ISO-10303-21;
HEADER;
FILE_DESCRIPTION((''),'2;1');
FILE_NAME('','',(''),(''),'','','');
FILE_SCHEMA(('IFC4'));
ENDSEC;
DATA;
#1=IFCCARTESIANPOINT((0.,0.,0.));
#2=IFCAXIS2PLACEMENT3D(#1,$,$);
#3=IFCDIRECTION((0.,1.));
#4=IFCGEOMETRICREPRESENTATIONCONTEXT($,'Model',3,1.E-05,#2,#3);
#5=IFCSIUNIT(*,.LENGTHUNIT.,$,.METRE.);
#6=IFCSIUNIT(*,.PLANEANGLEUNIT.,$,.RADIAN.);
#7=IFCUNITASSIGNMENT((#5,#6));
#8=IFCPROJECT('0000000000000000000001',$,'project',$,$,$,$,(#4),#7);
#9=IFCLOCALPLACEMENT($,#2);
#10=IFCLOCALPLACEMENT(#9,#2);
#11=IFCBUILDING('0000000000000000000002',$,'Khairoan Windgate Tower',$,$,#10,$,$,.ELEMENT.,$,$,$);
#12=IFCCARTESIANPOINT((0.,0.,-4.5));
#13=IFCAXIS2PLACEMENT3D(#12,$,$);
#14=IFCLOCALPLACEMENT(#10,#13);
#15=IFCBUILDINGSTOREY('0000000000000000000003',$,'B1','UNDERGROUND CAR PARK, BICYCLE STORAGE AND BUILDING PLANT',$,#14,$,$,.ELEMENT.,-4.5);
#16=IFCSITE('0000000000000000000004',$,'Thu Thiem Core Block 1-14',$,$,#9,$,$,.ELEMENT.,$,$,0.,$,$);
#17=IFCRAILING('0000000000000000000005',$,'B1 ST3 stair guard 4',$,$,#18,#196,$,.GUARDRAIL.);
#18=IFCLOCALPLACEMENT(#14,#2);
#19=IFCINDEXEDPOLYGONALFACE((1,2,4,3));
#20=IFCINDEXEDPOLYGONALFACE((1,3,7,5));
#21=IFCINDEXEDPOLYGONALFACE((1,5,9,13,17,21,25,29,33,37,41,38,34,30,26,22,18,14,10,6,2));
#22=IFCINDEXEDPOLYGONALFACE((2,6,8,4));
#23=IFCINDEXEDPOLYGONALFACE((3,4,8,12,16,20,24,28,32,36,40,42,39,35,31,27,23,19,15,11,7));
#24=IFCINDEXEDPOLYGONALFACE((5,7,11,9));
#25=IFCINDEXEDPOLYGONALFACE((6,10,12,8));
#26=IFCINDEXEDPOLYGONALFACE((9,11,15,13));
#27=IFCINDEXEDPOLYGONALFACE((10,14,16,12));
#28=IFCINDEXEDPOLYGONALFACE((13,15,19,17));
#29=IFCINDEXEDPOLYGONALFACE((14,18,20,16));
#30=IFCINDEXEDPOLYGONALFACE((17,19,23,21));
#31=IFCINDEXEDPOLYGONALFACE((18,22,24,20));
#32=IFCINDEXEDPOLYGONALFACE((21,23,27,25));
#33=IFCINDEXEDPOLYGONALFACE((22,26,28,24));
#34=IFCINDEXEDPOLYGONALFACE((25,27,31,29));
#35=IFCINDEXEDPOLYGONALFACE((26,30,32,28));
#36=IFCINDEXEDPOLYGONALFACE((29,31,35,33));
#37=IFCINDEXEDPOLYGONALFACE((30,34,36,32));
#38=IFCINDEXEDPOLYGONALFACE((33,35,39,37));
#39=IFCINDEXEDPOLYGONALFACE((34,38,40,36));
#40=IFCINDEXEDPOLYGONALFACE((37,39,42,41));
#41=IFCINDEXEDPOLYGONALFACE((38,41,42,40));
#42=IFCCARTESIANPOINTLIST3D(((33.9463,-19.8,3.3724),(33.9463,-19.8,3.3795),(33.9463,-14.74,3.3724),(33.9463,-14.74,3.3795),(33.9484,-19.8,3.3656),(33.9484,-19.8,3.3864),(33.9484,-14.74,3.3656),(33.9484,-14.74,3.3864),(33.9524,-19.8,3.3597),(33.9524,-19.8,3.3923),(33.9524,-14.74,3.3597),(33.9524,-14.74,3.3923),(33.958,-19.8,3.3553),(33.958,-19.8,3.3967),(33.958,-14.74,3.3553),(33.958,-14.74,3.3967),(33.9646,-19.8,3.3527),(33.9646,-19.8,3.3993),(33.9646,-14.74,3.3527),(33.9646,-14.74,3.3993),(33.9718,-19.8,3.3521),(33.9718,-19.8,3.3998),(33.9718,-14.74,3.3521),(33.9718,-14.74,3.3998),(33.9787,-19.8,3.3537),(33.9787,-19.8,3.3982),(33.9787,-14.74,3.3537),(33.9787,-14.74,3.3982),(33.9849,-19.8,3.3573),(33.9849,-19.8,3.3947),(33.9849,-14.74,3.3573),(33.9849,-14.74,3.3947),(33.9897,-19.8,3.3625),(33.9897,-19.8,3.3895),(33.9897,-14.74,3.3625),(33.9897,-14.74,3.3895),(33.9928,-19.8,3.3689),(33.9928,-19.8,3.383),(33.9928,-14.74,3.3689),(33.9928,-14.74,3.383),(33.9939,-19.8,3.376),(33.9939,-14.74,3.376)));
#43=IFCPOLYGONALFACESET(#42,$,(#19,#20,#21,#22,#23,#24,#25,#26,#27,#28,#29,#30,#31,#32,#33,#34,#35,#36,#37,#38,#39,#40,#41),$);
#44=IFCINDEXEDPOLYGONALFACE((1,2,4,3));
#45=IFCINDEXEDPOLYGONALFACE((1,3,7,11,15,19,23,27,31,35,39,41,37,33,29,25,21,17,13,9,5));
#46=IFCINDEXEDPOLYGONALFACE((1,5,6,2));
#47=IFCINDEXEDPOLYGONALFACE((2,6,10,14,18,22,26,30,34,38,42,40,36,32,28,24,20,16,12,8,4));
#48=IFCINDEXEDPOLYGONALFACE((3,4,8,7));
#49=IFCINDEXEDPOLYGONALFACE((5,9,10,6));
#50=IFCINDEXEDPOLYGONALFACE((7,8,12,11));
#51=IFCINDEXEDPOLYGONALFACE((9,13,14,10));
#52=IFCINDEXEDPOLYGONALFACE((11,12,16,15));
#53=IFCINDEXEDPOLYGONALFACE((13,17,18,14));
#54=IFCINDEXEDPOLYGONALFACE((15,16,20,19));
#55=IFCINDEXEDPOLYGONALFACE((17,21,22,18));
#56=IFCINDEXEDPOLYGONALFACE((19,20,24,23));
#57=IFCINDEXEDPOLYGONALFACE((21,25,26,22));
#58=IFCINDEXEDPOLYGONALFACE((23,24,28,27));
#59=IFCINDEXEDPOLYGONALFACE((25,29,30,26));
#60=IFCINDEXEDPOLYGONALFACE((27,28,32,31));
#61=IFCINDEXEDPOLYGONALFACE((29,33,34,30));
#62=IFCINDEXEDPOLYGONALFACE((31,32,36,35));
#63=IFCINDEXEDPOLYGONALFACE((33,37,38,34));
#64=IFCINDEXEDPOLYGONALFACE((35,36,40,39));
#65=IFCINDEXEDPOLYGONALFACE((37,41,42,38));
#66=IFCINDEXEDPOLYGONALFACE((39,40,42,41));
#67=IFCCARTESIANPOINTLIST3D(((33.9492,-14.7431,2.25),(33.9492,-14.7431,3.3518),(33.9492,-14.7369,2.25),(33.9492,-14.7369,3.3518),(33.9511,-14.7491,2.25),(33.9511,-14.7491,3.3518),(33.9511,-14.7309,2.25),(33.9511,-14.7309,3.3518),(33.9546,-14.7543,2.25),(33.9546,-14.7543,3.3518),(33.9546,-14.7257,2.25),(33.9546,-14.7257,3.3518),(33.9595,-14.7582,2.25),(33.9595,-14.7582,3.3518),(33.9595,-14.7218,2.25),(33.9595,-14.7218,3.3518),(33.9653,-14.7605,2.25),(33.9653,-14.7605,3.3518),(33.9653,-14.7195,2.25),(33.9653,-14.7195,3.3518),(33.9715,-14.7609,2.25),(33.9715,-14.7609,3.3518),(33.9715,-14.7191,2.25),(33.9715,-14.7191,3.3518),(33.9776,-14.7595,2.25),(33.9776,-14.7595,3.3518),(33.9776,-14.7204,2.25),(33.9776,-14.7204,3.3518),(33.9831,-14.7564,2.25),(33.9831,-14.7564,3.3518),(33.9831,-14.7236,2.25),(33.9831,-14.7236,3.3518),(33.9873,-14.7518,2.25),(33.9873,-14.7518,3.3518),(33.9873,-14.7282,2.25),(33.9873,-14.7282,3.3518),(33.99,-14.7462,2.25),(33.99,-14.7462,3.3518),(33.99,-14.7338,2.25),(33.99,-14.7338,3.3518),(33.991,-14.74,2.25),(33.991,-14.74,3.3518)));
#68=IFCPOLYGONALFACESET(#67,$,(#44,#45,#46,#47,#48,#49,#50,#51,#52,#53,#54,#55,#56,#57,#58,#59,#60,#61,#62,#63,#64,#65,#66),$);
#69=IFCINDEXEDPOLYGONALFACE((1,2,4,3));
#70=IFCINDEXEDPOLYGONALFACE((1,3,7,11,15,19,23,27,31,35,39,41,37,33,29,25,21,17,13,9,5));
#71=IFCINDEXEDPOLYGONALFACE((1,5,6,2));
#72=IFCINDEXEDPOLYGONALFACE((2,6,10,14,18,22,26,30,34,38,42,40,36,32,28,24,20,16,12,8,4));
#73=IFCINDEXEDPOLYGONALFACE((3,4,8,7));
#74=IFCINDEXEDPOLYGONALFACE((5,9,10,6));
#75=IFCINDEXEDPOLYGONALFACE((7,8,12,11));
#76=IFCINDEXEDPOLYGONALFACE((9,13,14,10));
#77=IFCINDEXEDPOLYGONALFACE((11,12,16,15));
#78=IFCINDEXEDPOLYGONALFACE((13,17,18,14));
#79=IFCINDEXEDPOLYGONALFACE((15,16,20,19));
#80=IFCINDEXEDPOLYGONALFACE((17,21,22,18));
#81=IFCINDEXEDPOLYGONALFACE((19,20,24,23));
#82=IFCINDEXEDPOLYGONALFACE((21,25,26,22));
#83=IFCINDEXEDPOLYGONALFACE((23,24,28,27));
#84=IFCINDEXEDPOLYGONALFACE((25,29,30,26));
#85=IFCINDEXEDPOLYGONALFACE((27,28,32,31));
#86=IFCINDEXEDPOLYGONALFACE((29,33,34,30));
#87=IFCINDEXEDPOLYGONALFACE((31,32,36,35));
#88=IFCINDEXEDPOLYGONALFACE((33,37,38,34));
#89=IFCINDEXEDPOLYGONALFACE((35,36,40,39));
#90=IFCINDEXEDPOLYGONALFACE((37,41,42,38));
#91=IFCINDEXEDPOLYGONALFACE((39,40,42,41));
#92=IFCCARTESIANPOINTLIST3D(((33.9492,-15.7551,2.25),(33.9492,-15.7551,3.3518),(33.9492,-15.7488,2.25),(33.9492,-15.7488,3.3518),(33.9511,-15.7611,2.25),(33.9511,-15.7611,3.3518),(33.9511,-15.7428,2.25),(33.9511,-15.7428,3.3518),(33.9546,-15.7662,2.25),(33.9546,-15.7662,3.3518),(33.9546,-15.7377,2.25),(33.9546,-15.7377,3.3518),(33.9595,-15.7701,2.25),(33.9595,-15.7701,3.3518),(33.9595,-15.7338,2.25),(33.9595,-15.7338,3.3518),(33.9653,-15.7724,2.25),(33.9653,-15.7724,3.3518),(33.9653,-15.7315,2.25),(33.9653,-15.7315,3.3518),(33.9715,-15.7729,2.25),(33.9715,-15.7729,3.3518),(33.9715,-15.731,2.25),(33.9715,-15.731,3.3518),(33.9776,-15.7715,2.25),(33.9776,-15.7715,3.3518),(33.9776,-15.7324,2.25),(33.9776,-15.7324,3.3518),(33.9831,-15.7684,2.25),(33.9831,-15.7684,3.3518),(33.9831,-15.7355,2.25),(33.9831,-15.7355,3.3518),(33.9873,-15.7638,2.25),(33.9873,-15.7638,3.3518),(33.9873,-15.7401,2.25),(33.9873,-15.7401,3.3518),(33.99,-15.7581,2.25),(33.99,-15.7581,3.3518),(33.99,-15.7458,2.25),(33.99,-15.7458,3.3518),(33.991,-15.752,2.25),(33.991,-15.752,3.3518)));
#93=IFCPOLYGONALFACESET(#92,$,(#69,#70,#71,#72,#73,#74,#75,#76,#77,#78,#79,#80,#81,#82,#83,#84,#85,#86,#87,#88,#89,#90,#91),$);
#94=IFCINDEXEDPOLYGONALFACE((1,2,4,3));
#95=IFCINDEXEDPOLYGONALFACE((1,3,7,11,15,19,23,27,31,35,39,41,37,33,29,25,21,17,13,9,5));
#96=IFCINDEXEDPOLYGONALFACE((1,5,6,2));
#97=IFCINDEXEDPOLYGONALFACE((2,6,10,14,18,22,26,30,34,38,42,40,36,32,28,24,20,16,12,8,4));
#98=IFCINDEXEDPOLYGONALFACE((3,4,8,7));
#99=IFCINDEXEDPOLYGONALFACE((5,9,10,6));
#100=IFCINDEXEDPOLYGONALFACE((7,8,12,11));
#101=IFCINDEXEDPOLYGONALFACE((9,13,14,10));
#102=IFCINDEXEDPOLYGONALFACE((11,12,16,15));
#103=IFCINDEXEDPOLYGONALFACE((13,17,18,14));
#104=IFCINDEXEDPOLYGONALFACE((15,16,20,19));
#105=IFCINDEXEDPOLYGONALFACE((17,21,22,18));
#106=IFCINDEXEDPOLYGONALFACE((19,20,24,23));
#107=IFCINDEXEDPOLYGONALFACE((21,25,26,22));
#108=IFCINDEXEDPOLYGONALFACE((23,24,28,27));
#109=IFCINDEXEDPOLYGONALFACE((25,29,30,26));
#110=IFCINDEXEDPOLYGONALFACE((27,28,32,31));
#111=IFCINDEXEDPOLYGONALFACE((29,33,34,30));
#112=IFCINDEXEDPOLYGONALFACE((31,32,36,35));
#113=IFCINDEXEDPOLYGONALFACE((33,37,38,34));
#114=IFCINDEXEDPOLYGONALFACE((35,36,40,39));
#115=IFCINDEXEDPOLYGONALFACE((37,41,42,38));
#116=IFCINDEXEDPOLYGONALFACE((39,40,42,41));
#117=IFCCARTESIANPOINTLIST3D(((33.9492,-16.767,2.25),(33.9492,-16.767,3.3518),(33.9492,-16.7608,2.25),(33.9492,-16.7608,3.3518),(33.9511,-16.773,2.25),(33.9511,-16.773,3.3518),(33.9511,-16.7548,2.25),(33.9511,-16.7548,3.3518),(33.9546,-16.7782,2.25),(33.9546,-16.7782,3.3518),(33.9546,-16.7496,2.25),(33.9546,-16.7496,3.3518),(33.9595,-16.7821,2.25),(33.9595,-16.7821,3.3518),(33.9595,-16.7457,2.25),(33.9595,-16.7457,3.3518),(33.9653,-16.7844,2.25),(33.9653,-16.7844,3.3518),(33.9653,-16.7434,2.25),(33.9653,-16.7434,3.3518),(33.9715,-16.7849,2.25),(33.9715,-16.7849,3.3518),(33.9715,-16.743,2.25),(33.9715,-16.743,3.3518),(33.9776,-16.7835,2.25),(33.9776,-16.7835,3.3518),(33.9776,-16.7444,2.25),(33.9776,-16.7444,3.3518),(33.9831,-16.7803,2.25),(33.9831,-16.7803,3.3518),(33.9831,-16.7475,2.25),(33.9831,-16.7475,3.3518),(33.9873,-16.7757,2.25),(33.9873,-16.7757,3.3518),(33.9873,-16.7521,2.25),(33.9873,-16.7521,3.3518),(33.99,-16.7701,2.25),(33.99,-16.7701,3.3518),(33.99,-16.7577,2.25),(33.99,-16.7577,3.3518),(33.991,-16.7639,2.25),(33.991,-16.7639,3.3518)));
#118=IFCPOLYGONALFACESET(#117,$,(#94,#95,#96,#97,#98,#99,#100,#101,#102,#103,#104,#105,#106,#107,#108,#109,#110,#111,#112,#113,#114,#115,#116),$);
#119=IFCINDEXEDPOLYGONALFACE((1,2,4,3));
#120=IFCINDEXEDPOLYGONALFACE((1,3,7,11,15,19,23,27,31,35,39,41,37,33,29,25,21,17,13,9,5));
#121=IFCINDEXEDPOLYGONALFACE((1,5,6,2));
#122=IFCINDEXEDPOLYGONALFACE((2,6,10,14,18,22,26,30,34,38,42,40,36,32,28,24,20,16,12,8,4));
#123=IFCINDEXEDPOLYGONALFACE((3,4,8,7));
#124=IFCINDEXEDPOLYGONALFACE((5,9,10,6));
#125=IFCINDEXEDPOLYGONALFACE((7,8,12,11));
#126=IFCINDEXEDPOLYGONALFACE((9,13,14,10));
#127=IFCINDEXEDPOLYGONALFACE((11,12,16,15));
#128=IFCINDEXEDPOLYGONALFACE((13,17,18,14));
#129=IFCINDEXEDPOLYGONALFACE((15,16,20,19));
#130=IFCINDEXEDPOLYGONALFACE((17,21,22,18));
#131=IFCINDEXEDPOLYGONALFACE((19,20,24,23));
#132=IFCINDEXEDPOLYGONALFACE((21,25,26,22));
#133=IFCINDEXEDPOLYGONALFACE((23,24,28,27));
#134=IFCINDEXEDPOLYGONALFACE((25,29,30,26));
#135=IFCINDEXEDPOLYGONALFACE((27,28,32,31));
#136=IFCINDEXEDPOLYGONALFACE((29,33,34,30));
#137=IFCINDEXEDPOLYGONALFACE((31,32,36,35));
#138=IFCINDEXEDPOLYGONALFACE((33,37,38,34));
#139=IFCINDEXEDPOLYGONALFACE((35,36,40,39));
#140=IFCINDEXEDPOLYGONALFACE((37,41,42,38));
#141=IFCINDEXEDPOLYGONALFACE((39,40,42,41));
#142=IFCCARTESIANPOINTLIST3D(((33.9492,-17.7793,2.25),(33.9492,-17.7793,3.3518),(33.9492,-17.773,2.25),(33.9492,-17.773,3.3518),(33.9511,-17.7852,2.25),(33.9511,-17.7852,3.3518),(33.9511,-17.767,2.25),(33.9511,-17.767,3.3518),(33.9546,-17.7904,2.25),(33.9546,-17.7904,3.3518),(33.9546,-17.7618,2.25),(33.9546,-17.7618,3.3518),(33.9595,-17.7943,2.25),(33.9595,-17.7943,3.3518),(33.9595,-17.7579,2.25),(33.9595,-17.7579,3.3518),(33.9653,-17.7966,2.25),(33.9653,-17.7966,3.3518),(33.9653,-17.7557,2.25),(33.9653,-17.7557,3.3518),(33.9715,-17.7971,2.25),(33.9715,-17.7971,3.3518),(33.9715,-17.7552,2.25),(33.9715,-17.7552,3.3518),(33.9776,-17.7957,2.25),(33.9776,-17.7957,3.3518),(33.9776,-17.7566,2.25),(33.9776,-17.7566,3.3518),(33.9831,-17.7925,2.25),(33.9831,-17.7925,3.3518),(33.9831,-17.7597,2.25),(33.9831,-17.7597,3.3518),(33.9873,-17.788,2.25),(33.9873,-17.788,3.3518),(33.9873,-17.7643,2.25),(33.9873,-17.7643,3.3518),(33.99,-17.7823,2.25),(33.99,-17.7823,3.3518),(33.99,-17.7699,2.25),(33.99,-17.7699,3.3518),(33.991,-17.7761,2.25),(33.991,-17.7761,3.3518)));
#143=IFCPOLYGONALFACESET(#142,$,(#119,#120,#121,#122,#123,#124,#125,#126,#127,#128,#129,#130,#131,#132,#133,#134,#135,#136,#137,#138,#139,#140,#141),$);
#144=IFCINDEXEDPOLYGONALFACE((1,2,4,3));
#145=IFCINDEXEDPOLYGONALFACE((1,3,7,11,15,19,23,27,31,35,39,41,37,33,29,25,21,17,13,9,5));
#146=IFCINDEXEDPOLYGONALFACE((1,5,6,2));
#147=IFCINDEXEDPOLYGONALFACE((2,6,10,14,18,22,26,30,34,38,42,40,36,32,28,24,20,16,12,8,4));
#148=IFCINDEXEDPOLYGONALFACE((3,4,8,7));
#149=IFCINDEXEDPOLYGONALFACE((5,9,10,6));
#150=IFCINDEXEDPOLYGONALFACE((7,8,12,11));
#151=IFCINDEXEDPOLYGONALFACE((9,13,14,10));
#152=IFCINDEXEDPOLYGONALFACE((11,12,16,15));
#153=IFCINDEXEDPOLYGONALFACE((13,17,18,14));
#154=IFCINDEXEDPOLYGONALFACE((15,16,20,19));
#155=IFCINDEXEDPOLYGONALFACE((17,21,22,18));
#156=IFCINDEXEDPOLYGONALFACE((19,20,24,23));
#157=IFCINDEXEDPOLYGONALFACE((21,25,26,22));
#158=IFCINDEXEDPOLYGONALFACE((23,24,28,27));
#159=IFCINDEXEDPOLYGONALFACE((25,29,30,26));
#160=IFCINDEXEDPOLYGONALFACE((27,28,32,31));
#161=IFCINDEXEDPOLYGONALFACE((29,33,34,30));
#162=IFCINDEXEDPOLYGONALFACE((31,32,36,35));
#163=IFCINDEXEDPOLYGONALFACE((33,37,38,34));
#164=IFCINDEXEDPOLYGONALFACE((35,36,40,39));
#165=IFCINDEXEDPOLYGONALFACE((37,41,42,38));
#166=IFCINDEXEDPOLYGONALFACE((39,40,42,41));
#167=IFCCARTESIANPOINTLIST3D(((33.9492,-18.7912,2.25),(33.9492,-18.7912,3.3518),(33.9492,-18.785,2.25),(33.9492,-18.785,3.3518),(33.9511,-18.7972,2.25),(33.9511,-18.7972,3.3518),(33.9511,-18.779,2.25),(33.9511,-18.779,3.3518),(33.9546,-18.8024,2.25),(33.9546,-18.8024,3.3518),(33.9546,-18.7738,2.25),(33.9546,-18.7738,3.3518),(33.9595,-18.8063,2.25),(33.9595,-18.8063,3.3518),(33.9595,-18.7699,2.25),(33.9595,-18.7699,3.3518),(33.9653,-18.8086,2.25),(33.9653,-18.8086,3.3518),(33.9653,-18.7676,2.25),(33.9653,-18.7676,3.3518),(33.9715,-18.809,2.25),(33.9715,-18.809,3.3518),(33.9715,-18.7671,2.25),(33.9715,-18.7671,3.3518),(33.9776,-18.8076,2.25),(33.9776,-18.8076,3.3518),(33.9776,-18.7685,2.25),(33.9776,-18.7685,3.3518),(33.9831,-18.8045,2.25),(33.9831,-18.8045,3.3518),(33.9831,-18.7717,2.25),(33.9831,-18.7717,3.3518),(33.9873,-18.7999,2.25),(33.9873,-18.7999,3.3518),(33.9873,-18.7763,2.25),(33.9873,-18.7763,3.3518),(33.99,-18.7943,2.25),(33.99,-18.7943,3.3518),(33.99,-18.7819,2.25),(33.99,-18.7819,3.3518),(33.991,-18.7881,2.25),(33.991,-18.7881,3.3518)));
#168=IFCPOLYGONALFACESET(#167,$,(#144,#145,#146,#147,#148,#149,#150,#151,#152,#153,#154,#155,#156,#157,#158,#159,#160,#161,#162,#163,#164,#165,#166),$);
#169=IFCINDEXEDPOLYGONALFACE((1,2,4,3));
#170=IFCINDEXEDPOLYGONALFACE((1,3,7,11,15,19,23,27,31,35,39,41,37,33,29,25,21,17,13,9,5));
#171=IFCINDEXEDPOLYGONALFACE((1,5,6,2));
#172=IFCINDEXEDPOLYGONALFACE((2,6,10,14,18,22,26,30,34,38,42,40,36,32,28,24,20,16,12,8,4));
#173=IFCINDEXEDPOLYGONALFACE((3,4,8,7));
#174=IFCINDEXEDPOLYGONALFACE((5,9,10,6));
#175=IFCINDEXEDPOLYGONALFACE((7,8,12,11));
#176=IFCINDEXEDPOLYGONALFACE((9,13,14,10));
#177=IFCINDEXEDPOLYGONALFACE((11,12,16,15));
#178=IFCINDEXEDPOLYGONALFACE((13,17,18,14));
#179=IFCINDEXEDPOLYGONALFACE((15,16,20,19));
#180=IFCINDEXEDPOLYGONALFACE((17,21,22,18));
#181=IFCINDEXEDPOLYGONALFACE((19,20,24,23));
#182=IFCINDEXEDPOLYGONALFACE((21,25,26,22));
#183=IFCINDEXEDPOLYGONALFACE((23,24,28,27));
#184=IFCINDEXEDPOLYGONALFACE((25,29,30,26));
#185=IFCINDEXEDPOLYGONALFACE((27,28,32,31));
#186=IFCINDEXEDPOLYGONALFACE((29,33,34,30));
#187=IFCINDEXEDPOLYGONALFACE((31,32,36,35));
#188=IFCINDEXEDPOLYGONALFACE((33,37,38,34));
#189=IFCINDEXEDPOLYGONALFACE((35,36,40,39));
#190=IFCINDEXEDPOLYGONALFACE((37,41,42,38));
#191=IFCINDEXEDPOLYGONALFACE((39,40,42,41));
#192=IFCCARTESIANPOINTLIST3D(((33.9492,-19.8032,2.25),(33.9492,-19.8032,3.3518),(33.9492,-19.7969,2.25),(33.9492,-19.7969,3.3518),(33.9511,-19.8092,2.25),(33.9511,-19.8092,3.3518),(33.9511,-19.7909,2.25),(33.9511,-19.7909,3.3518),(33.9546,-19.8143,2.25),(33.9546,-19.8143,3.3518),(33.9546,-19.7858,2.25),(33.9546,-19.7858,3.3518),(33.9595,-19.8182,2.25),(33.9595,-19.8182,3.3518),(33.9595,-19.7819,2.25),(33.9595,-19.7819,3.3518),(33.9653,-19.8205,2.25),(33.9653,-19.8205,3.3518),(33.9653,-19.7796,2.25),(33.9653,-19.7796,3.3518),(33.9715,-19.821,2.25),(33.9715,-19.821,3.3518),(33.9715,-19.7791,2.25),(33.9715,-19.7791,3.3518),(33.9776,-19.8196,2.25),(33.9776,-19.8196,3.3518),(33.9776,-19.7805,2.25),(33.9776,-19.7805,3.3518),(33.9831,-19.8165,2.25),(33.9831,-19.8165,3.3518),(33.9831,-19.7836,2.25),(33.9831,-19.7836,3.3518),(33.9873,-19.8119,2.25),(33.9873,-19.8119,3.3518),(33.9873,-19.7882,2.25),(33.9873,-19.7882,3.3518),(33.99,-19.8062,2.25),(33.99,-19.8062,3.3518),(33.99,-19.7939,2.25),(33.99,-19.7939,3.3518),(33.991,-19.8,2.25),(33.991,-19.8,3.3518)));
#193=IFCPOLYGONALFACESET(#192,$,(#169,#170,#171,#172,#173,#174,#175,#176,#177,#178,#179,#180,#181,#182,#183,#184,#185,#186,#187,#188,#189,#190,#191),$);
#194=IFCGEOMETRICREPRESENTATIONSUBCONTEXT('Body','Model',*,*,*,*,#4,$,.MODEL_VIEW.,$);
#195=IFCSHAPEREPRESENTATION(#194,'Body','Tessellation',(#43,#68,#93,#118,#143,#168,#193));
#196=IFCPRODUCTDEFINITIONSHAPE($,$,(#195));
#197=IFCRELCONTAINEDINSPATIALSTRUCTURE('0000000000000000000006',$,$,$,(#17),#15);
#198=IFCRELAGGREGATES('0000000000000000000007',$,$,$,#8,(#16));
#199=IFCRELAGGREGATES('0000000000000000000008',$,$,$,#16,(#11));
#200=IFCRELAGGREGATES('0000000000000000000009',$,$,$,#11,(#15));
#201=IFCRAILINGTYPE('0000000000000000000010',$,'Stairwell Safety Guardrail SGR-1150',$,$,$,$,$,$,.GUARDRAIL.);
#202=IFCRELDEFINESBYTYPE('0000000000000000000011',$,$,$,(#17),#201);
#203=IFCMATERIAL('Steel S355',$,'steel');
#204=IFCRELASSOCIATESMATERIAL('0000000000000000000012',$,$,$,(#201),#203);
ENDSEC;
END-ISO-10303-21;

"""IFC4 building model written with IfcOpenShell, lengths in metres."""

from ifc_helpers import new_model, si_unit, direction, frame, origin, origin_2d, place, context, subcontext, project, spatial, circle, extrude, material, type_object, element, save


model = new_model("IFC4")

# Units and contexts
model_context = context("Model", 3, precision=1e-05, world=origin(), true_north=direction((0.0, 1.0)))
body_context = subcontext(model_context, "Body", "Model", "MODEL_VIEW")
ifc_project = project(units=[si_unit("LENGTHUNIT", "METRE"), si_unit("PLANEANGLEUNIT", "RADIAN")], contexts=[model_context])

# Site, building, storey
site_placement = place(None, origin())
site = spatial("IfcSite", under=ifc_project, at=site_placement, Name="Thu Thiem Core Block 1-14", CompositionType="ELEMENT", RefElevation=0.0)
building_placement = place(site_placement, origin())
building = spatial("IfcBuilding", under=site, at=building_placement, Name="Khairoan Windgate Tower", CompositionType="ELEMENT")
storey_placement = place(building_placement, frame((0.0, 0.0, -4.5)))
storey = spatial("IfcBuildingStorey", under=building, at=storey_placement, Name="B1", Description="UNDERGROUND CAR PARK, BICYCLE STORAGE AND BUILDING PLANT", CompositionType="ELEMENT", Elevation=-4.5)

# Railing
ifc_material_1 = material(Name="Steel S355", Category="steel")
railing_type_1 = type_object("IfcRailingType", Name="Stairwell Safety Guardrail SGR-1150", PredefinedType="GUARDRAIL", material=ifc_material_1)
for number, where, name in (
    (1, (33.97, -14.74, 2.25), "B1 ST3 stair guard 4"),
):
    element("IfcRailing", number, at=place(storey_placement, frame(where)), inside=storey, type_object=railing_type_1, Name=name, PredefinedType="GUARDRAIL", context=body_context, shape_type="SweptSolid", body=[
        extrude(circle(Radius=0.0239, at=origin_2d()), frame((0.0, 0.0, 1.126), z_axis=(0.0, -1.0, 0.0), x_axis=(1.0, 0.0, 0.0)), (0.0, 0.0, 1.0), 5.0601),
        extrude(circle(Radius=0.021, at=origin_2d()), origin(), (0.0, 0.0, 1.0), 1.1018),
        extrude(circle(Radius=0.021, at=origin_2d()), frame((0.0, -1.012, 0.0)), (0.0, 0.0, 1.0), 1.1018),
        extrude(circle(Radius=0.021, at=origin_2d()), frame((0.0, -2.0239, 0.0)), (0.0, 0.0, 1.0), 1.1018),
        extrude(circle(Radius=0.021, at=origin_2d()), frame((0.0, -3.0361, 0.0)), (0.0, 0.0, 1.0), 1.1018),
        extrude(circle(Radius=0.021, at=origin_2d()), frame((0.0, -4.0481, 0.0)), (0.0, 0.0, 1.0), 1.1018),
        extrude(circle(Radius=0.021, at=origin_2d()), frame((0.0, -5.0601, 0.0)), (0.0, 0.0, 1.0), 1.1018),
    ])

save(model, "model.ifc")
